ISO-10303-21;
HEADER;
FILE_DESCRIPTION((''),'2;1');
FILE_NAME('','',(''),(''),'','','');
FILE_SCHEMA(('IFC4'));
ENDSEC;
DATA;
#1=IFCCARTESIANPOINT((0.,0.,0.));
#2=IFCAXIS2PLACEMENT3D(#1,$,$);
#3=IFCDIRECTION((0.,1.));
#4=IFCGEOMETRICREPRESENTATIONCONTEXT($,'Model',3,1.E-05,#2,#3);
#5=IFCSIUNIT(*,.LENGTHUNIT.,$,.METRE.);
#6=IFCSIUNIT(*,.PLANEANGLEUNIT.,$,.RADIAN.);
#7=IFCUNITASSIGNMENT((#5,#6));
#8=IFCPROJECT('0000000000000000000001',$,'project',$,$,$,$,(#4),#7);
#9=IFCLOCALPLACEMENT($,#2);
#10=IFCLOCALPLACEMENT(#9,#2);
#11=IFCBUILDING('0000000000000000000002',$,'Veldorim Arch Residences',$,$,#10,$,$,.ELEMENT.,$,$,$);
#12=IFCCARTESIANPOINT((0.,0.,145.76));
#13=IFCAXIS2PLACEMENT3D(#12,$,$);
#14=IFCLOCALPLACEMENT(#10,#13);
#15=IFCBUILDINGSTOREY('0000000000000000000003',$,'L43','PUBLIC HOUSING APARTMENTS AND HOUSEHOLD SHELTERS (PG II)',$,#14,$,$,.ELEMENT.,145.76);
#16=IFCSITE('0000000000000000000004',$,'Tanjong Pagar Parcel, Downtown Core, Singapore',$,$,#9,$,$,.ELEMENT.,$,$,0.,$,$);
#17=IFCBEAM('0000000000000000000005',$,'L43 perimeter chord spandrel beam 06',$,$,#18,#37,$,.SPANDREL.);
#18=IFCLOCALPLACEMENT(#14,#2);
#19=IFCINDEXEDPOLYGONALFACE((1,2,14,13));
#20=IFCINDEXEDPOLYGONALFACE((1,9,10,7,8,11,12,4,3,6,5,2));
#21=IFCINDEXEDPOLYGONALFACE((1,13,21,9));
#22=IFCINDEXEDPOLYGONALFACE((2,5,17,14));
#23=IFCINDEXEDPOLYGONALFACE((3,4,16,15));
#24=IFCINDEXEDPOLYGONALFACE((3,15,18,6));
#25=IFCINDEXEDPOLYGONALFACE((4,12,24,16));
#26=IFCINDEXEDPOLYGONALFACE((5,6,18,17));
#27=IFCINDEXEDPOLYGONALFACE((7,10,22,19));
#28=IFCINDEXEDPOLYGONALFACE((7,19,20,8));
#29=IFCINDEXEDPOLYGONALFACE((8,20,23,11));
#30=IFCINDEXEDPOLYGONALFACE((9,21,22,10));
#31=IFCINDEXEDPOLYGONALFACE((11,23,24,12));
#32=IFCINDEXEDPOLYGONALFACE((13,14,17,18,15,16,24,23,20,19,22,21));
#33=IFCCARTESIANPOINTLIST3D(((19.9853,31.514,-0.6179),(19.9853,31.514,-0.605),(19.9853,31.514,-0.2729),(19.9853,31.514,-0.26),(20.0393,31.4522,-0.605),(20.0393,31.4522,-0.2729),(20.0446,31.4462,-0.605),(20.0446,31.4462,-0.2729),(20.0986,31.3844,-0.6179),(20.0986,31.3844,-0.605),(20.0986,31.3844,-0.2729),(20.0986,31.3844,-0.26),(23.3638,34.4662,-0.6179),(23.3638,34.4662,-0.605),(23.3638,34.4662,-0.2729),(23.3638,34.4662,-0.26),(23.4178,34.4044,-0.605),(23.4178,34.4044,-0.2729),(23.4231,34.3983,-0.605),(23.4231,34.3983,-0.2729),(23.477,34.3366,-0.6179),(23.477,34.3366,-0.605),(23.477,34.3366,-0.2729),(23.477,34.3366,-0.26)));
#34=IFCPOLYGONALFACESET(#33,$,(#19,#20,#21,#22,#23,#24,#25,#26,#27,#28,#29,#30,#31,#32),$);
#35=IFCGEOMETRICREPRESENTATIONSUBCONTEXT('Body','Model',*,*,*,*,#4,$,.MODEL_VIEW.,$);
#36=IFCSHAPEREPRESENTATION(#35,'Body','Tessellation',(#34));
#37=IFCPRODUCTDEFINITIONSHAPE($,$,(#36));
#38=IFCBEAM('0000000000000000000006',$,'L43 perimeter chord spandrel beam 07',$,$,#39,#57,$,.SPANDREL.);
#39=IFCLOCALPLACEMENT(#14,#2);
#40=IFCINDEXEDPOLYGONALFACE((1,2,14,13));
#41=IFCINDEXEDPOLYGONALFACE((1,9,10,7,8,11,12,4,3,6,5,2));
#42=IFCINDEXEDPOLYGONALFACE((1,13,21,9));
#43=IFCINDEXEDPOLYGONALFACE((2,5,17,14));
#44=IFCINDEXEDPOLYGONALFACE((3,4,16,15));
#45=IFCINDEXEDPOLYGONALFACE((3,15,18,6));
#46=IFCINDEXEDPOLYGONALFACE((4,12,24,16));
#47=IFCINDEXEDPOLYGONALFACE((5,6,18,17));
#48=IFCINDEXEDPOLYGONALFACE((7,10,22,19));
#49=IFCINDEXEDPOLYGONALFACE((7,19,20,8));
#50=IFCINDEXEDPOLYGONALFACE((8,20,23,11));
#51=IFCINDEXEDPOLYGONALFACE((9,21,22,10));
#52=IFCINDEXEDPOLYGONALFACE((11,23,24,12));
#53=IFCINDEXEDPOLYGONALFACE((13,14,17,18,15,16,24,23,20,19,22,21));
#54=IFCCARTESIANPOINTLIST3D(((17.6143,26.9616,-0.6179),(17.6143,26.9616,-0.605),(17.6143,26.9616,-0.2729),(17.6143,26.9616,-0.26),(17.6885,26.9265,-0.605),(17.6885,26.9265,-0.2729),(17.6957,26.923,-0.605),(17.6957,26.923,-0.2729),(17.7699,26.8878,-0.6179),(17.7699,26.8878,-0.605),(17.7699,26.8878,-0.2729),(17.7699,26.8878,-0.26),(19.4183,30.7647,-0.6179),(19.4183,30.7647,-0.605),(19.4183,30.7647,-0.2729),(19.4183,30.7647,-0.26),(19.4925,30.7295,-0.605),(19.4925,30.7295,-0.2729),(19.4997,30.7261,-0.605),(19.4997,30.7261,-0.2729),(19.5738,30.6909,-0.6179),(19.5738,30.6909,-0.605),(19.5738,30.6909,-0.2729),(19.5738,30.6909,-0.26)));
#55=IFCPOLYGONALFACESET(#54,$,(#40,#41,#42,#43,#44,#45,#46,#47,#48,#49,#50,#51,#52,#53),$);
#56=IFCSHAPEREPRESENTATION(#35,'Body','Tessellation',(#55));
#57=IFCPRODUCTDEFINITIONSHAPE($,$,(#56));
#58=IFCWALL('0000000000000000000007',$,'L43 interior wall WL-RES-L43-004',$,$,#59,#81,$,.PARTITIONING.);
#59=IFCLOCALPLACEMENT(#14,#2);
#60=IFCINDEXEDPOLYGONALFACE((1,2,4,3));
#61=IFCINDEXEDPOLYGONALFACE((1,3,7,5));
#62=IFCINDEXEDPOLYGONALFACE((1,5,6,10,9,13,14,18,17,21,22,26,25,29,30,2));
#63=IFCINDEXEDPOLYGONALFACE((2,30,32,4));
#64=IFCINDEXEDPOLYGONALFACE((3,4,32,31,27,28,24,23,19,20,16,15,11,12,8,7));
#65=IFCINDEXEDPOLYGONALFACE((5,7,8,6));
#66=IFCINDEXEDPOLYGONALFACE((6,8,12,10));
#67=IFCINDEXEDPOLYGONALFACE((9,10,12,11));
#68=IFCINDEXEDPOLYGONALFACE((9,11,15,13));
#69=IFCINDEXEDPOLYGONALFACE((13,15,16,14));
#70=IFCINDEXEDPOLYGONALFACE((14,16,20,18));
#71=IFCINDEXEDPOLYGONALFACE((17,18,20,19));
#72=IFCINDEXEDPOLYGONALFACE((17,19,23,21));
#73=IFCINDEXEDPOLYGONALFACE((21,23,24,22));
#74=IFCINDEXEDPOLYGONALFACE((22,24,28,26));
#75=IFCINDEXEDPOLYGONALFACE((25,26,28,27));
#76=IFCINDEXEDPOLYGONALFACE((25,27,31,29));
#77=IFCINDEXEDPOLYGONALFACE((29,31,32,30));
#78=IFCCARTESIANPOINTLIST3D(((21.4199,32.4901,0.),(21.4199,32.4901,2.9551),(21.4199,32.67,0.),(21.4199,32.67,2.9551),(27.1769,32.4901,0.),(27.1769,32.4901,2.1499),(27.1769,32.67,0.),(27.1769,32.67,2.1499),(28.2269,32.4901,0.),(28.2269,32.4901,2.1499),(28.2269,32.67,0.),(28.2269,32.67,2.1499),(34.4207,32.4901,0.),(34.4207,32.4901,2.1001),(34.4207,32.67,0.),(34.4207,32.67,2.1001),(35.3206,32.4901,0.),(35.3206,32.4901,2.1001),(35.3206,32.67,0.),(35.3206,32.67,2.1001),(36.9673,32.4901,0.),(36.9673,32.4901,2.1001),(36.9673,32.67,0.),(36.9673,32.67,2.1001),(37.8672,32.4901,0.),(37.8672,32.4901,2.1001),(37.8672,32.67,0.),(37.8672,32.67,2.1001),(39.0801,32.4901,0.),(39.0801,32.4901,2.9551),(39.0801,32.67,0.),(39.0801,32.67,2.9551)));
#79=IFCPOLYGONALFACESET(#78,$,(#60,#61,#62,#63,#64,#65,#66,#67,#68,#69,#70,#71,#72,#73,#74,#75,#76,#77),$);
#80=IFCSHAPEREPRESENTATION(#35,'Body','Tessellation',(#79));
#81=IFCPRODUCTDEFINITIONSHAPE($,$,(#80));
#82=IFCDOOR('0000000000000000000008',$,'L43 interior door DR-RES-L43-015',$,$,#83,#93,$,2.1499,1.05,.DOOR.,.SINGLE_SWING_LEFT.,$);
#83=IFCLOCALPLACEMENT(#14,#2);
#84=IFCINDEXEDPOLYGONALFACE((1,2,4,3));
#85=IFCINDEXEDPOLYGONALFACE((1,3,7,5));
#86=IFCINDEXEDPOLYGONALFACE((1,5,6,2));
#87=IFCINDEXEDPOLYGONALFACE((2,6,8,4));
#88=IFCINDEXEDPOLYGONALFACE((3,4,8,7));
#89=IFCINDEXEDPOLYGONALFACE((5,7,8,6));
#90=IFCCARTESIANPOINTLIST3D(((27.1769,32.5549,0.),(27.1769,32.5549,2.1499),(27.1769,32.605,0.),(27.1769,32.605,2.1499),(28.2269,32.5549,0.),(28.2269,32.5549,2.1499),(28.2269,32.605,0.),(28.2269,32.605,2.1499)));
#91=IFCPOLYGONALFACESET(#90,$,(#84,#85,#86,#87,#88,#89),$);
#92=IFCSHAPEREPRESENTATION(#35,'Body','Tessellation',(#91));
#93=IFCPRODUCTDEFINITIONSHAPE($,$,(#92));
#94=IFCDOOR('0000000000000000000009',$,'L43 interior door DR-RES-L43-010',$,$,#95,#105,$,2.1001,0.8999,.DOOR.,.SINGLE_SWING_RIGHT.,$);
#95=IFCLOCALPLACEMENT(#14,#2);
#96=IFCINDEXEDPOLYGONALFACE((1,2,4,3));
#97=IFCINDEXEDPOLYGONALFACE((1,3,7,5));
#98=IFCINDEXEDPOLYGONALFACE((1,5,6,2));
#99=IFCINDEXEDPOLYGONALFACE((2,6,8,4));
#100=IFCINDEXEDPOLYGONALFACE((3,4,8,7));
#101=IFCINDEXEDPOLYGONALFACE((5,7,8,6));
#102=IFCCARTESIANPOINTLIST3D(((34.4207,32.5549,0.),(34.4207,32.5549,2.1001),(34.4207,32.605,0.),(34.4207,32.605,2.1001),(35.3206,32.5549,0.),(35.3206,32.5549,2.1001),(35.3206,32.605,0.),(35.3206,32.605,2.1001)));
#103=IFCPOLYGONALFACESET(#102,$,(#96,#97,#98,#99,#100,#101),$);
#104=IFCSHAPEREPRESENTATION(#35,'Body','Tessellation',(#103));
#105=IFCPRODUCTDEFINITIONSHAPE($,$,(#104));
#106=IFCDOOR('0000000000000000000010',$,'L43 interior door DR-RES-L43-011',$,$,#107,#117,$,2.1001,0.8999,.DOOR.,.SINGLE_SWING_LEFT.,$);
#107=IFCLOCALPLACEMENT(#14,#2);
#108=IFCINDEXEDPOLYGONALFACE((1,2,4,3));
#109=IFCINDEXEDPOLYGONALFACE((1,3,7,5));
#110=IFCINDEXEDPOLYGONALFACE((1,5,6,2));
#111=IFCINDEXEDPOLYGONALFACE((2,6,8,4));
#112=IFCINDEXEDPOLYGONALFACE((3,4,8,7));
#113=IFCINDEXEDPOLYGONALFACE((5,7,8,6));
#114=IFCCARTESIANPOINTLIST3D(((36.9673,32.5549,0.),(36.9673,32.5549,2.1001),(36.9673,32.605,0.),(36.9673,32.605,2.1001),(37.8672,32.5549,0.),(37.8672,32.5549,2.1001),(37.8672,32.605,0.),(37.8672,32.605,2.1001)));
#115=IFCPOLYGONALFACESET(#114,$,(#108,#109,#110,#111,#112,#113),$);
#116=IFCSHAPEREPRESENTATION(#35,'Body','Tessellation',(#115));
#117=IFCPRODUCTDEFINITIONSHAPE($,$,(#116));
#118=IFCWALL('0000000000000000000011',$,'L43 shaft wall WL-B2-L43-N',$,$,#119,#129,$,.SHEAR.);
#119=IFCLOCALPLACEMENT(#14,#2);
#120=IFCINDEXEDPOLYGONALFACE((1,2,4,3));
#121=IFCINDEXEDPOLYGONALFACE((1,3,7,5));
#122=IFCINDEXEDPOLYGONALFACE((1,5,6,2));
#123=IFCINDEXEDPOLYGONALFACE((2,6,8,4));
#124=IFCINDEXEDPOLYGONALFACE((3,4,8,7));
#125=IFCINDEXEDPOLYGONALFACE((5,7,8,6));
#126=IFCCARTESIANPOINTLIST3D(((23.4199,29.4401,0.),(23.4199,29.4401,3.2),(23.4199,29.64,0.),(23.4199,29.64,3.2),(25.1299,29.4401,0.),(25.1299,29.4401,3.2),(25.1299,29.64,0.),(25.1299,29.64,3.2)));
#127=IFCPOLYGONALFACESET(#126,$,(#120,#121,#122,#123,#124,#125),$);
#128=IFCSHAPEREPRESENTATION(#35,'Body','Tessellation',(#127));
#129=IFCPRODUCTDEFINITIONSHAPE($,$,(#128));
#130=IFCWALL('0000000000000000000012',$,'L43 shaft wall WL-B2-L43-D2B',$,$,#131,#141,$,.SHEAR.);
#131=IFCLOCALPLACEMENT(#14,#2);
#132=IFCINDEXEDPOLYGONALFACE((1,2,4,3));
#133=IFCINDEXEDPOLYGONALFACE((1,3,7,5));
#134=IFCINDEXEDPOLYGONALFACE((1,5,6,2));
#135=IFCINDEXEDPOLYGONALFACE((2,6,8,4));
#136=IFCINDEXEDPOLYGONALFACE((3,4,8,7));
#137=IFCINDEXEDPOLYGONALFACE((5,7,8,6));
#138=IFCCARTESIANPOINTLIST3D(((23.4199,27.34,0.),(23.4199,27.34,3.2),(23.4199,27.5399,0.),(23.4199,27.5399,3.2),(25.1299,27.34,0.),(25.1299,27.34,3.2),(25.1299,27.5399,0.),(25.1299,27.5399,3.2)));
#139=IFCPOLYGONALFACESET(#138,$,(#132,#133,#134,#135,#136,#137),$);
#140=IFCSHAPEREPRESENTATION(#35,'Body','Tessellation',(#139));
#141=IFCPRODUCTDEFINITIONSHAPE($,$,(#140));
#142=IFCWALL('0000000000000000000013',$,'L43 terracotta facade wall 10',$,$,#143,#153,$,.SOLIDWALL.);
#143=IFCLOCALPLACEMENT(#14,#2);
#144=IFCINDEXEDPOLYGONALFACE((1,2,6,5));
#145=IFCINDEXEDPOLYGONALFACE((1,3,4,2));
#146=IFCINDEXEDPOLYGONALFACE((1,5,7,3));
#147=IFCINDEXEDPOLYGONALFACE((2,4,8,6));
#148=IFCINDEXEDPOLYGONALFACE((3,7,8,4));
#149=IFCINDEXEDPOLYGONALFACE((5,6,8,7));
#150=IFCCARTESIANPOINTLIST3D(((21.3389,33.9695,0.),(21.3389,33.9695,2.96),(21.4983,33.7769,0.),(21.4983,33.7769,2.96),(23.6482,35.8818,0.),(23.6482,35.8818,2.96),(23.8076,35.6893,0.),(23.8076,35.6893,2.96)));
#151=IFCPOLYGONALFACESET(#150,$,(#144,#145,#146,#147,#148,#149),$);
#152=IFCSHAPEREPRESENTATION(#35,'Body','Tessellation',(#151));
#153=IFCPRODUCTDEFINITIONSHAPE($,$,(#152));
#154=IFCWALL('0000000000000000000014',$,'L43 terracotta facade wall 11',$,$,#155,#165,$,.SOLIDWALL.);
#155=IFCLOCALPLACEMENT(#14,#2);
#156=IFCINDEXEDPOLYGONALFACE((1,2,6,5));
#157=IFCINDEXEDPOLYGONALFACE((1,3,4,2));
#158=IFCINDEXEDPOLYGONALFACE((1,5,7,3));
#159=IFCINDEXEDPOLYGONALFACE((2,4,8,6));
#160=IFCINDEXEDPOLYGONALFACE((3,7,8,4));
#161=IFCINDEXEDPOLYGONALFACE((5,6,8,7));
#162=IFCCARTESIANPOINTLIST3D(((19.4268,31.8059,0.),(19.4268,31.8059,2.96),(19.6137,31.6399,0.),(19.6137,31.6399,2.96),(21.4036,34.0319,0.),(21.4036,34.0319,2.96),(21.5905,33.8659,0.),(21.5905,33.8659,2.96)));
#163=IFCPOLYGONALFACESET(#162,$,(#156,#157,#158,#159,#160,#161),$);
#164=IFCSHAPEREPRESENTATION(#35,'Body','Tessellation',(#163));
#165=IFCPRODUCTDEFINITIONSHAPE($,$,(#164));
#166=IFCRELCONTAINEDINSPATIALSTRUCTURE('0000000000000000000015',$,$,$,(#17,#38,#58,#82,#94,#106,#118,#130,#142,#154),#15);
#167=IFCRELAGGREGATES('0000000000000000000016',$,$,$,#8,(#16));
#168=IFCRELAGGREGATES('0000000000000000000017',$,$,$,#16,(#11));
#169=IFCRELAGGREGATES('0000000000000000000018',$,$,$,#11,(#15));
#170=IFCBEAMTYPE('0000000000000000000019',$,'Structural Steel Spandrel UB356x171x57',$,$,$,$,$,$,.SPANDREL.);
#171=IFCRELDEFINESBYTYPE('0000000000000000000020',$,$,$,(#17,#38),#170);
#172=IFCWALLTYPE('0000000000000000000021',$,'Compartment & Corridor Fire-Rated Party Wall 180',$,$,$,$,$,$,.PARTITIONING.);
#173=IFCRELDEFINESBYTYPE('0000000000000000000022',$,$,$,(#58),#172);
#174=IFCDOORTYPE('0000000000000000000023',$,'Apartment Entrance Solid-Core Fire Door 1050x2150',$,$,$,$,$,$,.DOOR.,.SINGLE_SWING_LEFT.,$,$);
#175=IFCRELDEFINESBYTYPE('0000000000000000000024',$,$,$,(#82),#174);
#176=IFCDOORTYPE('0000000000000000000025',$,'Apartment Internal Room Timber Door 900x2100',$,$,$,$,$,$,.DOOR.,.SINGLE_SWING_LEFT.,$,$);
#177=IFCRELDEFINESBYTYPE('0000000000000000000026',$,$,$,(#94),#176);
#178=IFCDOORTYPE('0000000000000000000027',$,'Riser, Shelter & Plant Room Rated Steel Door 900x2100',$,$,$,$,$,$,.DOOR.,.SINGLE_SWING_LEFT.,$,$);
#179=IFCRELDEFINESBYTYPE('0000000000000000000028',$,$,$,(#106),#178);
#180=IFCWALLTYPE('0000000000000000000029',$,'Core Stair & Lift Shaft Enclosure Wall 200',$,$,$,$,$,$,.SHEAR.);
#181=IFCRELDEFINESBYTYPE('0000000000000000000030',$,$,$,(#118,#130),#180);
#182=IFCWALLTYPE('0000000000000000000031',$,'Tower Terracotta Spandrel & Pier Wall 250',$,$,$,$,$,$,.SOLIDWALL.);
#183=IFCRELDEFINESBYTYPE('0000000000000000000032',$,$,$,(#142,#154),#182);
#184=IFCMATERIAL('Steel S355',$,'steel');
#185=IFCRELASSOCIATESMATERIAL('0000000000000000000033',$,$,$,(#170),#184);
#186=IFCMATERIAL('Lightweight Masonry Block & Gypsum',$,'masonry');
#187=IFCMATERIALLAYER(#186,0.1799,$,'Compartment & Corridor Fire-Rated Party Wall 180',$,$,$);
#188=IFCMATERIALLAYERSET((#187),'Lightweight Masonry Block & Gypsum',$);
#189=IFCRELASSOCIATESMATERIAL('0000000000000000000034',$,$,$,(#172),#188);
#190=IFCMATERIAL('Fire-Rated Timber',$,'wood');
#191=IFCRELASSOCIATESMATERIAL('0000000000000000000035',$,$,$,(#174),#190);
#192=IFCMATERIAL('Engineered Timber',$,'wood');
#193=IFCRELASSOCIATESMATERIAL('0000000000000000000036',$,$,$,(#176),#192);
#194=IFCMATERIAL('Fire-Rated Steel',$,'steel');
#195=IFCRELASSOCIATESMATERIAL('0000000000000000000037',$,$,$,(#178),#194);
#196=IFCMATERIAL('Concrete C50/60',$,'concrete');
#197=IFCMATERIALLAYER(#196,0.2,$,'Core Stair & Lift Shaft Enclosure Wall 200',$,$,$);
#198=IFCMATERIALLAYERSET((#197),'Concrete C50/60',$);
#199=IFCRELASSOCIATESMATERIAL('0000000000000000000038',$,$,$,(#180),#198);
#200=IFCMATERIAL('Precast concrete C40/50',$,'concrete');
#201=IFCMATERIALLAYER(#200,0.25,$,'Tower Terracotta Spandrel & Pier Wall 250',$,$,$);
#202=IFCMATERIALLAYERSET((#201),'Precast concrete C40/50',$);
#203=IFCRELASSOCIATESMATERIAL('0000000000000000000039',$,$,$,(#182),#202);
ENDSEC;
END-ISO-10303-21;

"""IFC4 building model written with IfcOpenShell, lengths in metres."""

from ifc_helpers import new_model, si_unit, direction, frame, frame_2d, origin, origin_2d, place, context, subcontext, project, spatial, rectangle, i_section, extrude, material, layer, layer_set, material_profile, profile_set, type_object, element, fill, save


model = new_model("IFC4")

# Units and contexts
model_context = context("Model", 3, precision=1e-05, world=origin(), true_north=direction((0.0, 1.0)))
body_context = subcontext(model_context, "Body", "Model", "MODEL_VIEW")
ifc_project = project(units=[si_unit("LENGTHUNIT", "METRE"), si_unit("PLANEANGLEUNIT", "RADIAN")], contexts=[model_context])

# Site, building, storey
site_placement = place(None, origin())
site = spatial("IfcSite", under=ifc_project, at=site_placement, Name="Tanjong Pagar Parcel, Downtown Core, Singapore", CompositionType="ELEMENT", RefElevation=0.0)
building_placement = place(site_placement, origin())
building = spatial("IfcBuilding", under=site, at=building_placement, Name="Veldorim Arch Residences", CompositionType="ELEMENT")
storey_placement = place(building_placement, frame((0.0, 0.0, 145.76)))
storey = spatial("IfcBuildingStorey", under=building, at=storey_placement, Name="L43", Description="PUBLIC HOUSING APARTMENTS AND HOUSEHOLD SHELTERS (PG II)", CompositionType="ELEMENT", Elevation=145.76)

# Beams
ifc_material_1 = material(Name="Steel S355", Category="steel")
ifc_material_profile_1 = material_profile(ifc_material_1, i_section(OverallWidth=0.1721, OverallDepth=0.3579, WebThickness=0.0081, FlangeThickness=0.0129, at=origin_2d()), Name="UB356x171x57")
ifc_profile_set_1 = profile_set([ifc_material_profile_1], Name="Steel S355")
beam_type_1 = type_object("IfcBeamType", Name="Structural Steel Spandrel UB356x171x57", PredefinedType="SPANDREL", material=ifc_profile_set_1)
beam_1_placement = place(storey_placement, frame((23.4204, 34.4014, -0.439), z_axis=(-0.753015, -0.658004, 0.0), x_axis=(0.658004, -0.753015, 0.0)))
element("IfcBeam", 1, at=beam_1_placement, inside=storey, type_object=beam_type_1, Name="L43 perimeter chord spandrel beam 06", PredefinedType="SPANDREL", context=body_context, shape_type="SweptSolid", body=[
    extrude(i_section(OverallWidth=0.1721, OverallDepth=0.3579, WebThickness=0.0081, FlangeThickness=0.0129, at=origin_2d()), origin(), (0.0, 0.0, 1.0), 4.4866),
])
beam_2_placement = place(storey_placement, frame((19.4961, 30.7278, -0.439), z_axis=(-0.42858, -0.903504, 0.0), x_axis=(0.903504, -0.42858, 0.0)))
element("IfcBeam", 2, at=beam_2_placement, inside=storey, type_object=beam_type_1, Name="L43 perimeter chord spandrel beam 07", PredefinedType="SPANDREL", context=body_context, shape_type="SweptSolid", body=[
    extrude(i_section(OverallWidth=0.1721, OverallDepth=0.3579, WebThickness=0.0081, FlangeThickness=0.0129, at=origin_2d()), origin(), (0.0, 0.0, 1.0), 4.2092),
])

# Wall, openings, doors
ifc_material_2 = material(Name="Lightweight Masonry Block & Gypsum", Category="masonry")
ifc_layer_1 = layer(ifc_material_2, 0.1799, Name="Compartment & Corridor Fire-Rated Party Wall 180")
ifc_layer_set_1 = layer_set([ifc_layer_1], Name="Lightweight Masonry Block & Gypsum")
wall_type_1 = type_object("IfcWallType", Name="Compartment & Corridor Fire-Rated Party Wall 180", PredefinedType="PARTITIONING", material=ifc_layer_set_1)
wall_1_placement = place(storey_placement, frame((21.4199, 32.5801, 0.0), z_axis=(0.0, 0.0, 1.0), x_axis=(1.0, 0.0, 0.0)))
wall_1 = element("IfcWall", 3, at=wall_1_placement, inside=storey, type_object=wall_type_1, Name="L43 interior wall WL-RES-L43-004", PredefinedType="PARTITIONING", context=body_context, shape_type="SweptSolid", body=[
    extrude(rectangle(XDim=17.6602, YDim=0.1799, at=frame_2d((8.8301, 0.0))), origin(), (0.0, 0.0, 1.0), 2.9551),
])
opening_1_placement = place(wall_1_placement, frame((13.0007, 0.0, 0.0)))
opening_1 = element("IfcOpeningElement", 4, at=opening_1_placement, cuts=wall_1, PredefinedType="OPENING", context=body_context, shape_type="SweptSolid", body=[
    extrude(rectangle(XDim=0.8999, YDim=2.1001, at=frame_2d((0.45, 1.05))), frame((0.0, 0.0999, 0.0), z_axis=(0.0, -1.0, 0.0), x_axis=(1.0, 0.0, 0.0)), (0.0, 0.0, 1.0), 0.2),
])
opening_2_placement = place(wall_1_placement, frame((15.5474, 0.0, 0.0)))
opening_2 = element("IfcOpeningElement", 5, at=opening_2_placement, cuts=wall_1, PredefinedType="OPENING", context=body_context, shape_type="SweptSolid", body=[
    extrude(rectangle(XDim=0.8999, YDim=2.1001, at=frame_2d((0.45, 1.05))), frame((0.0, 0.0999, 0.0), z_axis=(0.0, -1.0, 0.0), x_axis=(1.0, 0.0, 0.0)), (0.0, 0.0, 1.0), 0.2),
])
opening_3_placement = place(wall_1_placement, frame((5.7571, 0.0, 0.0)))
opening_3 = element("IfcOpeningElement", 6, at=opening_3_placement, cuts=wall_1, PredefinedType="OPENING", context=body_context, shape_type="SweptSolid", body=[
    extrude(rectangle(XDim=1.05, YDim=2.1499, at=frame_2d((0.5249, 1.075))), frame((0.0, 0.0999, 0.0), z_axis=(0.0, -1.0, 0.0), x_axis=(1.0, 0.0, 0.0)), (0.0, 0.0, 1.0), 0.2),
])
ifc_material_3 = material(Name="Fire-Rated Timber", Category="wood")
door_type_1 = type_object("IfcDoorType", Name="Apartment Entrance Solid-Core Fire Door 1050x2150", OperationType="SINGLE_SWING_LEFT", PredefinedType="DOOR", material=ifc_material_3)
door_1_placement = place(opening_3_placement, origin())
door_1 = element("IfcDoor", 7, at=door_1_placement, inside=storey, type_object=door_type_1, Name="L43 interior door DR-RES-L43-015", OperationType="SINGLE_SWING_LEFT", OverallHeight=2.1499, OverallWidth=1.05, PredefinedType="DOOR", context=body_context, shape_type="SweptSolid", body=[
    extrude(rectangle(XDim=1.05, YDim=2.1499, at=frame_2d((0.5249, 1.075))), frame((0.0, 0.0249, 0.0), z_axis=(0.0, -1.0, 0.0), x_axis=(1.0, 0.0, 0.0)), (0.0, 0.0, 1.0), 0.05),
])
fill(opening_3, door_1)
ifc_material_4 = material(Name="Engineered Timber", Category="wood")
door_type_2 = type_object("IfcDoorType", Name="Apartment Internal Room Timber Door 900x2100", OperationType="SINGLE_SWING_LEFT", PredefinedType="DOOR", material=ifc_material_4)
door_2_placement = place(opening_1_placement, origin())
door_2 = element("IfcDoor", 8, at=door_2_placement, inside=storey, type_object=door_type_2, Name="L43 interior door DR-RES-L43-010", OperationType="SINGLE_SWING_RIGHT", OverallHeight=2.1001, OverallWidth=0.8999, PredefinedType="DOOR", context=body_context, shape_type="SweptSolid", body=[
    extrude(rectangle(XDim=0.8999, YDim=2.1001, at=frame_2d((0.45, 1.05))), frame((0.0, 0.0249, 0.0), z_axis=(0.0, -1.0, 0.0), x_axis=(1.0, 0.0, 0.0)), (0.0, 0.0, 1.0), 0.05),
])
fill(opening_1, door_2)
ifc_material_5 = material(Name="Fire-Rated Steel", Category="steel")
door_type_3 = type_object("IfcDoorType", Name="Riser, Shelter & Plant Room Rated Steel Door 900x2100", OperationType="SINGLE_SWING_LEFT", PredefinedType="DOOR", material=ifc_material_5)
door_3_placement = place(opening_2_placement, origin())
door_3 = element("IfcDoor", 9, at=door_3_placement, inside=storey, type_object=door_type_3, Name="L43 interior door DR-RES-L43-011", OperationType="SINGLE_SWING_LEFT", OverallHeight=2.1001, OverallWidth=0.8999, PredefinedType="DOOR", context=body_context, shape_type="SweptSolid", body=[
    extrude(rectangle(XDim=0.8999, YDim=2.1001, at=frame_2d((0.45, 1.05))), frame((0.0, 0.0249, 0.0), z_axis=(0.0, -1.0, 0.0), x_axis=(1.0, 0.0, 0.0)), (0.0, 0.0, 1.0), 0.05),
])
fill(opening_2, door_3)

# Walls
ifc_material_6 = material(Name="Concrete C50/60", Category="concrete")
ifc_layer_2 = layer(ifc_material_6, 0.2, Name="Core Stair & Lift Shaft Enclosure Wall 200")
ifc_layer_set_2 = layer_set([ifc_layer_2], Name="Concrete C50/60")
wall_type_2 = type_object("IfcWallType", Name="Core Stair & Lift Shaft Enclosure Wall 200", PredefinedType="SHEAR", material=ifc_layer_set_2)
for number, where, z_axis, x_axis, name in (
    (10, (23.4199, 29.54, 0.0), (0.0, 0.0, 1.0), (1.0, 0.0, 0.0), "L43 shaft wall WL-B2-L43-N"),
    (11, (23.4199, 27.4399, 0.0), (0.0, 0.0, 1.0), (1.0, 0.0, 0.0), "L43 shaft wall WL-B2-L43-D2B"),
):
    element("IfcWall", number, at=place(storey_placement, frame(where, z_axis=z_axis, x_axis=x_axis)), inside=storey, type_object=wall_type_2, Name=name, PredefinedType="SHEAR", context=body_context, shape_type="SweptSolid", body=[
        extrude(rectangle(XDim=1.71, YDim=0.2, at=frame_2d((0.855, 0.0))), origin(), (0.0, 0.0, 1.0), 3.2),
    ])

# Walls
ifc_material_7 = material(Name="Precast concrete C40/50", Category="concrete")
ifc_layer_3 = layer(ifc_material_7, 0.25, Name="Tower Terracotta Spandrel & Pier Wall 250")
ifc_layer_set_3 = layer_set([ifc_layer_3], Name="Precast concrete C40/50")
wall_type_3 = type_object("IfcWallType", Name="Tower Terracotta Spandrel & Pier Wall 250", PredefinedType="SOLIDWALL", material=ifc_layer_set_3)
wall_2_placement = place(storey_placement, frame((21.4187, 33.8733, 0.0), z_axis=(0.0, 0.0, 1.0), x_axis=(0.7702, 0.637803, 0.0)))
element("IfcWall", 12, at=wall_2_placement, inside=storey, type_object=wall_type_3, Name="L43 terracotta facade wall 10", PredefinedType="SOLIDWALL", context=body_context, shape_type="SweptSolid", body=[
    extrude(rectangle(XDim=2.9983, YDim=0.25, at=frame_2d((1.499, 0.0))), origin(), (0.0, 0.0, 1.0), 2.96),
])
wall_3_placement = place(storey_placement, frame((19.5203, 31.7229, 0.0), z_axis=(0.0, 0.0, 1.0), x_axis=(0.664002, 0.74773, 0.0)))
element("IfcWall", 13, at=wall_3_placement, inside=storey, type_object=wall_type_3, Name="L43 terracotta facade wall 11", PredefinedType="SOLIDWALL", context=body_context, shape_type="SweptSolid", body=[
    extrude(rectangle(XDim=2.9771, YDim=0.25, at=frame_2d((1.4885, 0.0))), origin(), (0.0, 0.0, 1.0), 2.96),
])

save(model, "model.ifc")
